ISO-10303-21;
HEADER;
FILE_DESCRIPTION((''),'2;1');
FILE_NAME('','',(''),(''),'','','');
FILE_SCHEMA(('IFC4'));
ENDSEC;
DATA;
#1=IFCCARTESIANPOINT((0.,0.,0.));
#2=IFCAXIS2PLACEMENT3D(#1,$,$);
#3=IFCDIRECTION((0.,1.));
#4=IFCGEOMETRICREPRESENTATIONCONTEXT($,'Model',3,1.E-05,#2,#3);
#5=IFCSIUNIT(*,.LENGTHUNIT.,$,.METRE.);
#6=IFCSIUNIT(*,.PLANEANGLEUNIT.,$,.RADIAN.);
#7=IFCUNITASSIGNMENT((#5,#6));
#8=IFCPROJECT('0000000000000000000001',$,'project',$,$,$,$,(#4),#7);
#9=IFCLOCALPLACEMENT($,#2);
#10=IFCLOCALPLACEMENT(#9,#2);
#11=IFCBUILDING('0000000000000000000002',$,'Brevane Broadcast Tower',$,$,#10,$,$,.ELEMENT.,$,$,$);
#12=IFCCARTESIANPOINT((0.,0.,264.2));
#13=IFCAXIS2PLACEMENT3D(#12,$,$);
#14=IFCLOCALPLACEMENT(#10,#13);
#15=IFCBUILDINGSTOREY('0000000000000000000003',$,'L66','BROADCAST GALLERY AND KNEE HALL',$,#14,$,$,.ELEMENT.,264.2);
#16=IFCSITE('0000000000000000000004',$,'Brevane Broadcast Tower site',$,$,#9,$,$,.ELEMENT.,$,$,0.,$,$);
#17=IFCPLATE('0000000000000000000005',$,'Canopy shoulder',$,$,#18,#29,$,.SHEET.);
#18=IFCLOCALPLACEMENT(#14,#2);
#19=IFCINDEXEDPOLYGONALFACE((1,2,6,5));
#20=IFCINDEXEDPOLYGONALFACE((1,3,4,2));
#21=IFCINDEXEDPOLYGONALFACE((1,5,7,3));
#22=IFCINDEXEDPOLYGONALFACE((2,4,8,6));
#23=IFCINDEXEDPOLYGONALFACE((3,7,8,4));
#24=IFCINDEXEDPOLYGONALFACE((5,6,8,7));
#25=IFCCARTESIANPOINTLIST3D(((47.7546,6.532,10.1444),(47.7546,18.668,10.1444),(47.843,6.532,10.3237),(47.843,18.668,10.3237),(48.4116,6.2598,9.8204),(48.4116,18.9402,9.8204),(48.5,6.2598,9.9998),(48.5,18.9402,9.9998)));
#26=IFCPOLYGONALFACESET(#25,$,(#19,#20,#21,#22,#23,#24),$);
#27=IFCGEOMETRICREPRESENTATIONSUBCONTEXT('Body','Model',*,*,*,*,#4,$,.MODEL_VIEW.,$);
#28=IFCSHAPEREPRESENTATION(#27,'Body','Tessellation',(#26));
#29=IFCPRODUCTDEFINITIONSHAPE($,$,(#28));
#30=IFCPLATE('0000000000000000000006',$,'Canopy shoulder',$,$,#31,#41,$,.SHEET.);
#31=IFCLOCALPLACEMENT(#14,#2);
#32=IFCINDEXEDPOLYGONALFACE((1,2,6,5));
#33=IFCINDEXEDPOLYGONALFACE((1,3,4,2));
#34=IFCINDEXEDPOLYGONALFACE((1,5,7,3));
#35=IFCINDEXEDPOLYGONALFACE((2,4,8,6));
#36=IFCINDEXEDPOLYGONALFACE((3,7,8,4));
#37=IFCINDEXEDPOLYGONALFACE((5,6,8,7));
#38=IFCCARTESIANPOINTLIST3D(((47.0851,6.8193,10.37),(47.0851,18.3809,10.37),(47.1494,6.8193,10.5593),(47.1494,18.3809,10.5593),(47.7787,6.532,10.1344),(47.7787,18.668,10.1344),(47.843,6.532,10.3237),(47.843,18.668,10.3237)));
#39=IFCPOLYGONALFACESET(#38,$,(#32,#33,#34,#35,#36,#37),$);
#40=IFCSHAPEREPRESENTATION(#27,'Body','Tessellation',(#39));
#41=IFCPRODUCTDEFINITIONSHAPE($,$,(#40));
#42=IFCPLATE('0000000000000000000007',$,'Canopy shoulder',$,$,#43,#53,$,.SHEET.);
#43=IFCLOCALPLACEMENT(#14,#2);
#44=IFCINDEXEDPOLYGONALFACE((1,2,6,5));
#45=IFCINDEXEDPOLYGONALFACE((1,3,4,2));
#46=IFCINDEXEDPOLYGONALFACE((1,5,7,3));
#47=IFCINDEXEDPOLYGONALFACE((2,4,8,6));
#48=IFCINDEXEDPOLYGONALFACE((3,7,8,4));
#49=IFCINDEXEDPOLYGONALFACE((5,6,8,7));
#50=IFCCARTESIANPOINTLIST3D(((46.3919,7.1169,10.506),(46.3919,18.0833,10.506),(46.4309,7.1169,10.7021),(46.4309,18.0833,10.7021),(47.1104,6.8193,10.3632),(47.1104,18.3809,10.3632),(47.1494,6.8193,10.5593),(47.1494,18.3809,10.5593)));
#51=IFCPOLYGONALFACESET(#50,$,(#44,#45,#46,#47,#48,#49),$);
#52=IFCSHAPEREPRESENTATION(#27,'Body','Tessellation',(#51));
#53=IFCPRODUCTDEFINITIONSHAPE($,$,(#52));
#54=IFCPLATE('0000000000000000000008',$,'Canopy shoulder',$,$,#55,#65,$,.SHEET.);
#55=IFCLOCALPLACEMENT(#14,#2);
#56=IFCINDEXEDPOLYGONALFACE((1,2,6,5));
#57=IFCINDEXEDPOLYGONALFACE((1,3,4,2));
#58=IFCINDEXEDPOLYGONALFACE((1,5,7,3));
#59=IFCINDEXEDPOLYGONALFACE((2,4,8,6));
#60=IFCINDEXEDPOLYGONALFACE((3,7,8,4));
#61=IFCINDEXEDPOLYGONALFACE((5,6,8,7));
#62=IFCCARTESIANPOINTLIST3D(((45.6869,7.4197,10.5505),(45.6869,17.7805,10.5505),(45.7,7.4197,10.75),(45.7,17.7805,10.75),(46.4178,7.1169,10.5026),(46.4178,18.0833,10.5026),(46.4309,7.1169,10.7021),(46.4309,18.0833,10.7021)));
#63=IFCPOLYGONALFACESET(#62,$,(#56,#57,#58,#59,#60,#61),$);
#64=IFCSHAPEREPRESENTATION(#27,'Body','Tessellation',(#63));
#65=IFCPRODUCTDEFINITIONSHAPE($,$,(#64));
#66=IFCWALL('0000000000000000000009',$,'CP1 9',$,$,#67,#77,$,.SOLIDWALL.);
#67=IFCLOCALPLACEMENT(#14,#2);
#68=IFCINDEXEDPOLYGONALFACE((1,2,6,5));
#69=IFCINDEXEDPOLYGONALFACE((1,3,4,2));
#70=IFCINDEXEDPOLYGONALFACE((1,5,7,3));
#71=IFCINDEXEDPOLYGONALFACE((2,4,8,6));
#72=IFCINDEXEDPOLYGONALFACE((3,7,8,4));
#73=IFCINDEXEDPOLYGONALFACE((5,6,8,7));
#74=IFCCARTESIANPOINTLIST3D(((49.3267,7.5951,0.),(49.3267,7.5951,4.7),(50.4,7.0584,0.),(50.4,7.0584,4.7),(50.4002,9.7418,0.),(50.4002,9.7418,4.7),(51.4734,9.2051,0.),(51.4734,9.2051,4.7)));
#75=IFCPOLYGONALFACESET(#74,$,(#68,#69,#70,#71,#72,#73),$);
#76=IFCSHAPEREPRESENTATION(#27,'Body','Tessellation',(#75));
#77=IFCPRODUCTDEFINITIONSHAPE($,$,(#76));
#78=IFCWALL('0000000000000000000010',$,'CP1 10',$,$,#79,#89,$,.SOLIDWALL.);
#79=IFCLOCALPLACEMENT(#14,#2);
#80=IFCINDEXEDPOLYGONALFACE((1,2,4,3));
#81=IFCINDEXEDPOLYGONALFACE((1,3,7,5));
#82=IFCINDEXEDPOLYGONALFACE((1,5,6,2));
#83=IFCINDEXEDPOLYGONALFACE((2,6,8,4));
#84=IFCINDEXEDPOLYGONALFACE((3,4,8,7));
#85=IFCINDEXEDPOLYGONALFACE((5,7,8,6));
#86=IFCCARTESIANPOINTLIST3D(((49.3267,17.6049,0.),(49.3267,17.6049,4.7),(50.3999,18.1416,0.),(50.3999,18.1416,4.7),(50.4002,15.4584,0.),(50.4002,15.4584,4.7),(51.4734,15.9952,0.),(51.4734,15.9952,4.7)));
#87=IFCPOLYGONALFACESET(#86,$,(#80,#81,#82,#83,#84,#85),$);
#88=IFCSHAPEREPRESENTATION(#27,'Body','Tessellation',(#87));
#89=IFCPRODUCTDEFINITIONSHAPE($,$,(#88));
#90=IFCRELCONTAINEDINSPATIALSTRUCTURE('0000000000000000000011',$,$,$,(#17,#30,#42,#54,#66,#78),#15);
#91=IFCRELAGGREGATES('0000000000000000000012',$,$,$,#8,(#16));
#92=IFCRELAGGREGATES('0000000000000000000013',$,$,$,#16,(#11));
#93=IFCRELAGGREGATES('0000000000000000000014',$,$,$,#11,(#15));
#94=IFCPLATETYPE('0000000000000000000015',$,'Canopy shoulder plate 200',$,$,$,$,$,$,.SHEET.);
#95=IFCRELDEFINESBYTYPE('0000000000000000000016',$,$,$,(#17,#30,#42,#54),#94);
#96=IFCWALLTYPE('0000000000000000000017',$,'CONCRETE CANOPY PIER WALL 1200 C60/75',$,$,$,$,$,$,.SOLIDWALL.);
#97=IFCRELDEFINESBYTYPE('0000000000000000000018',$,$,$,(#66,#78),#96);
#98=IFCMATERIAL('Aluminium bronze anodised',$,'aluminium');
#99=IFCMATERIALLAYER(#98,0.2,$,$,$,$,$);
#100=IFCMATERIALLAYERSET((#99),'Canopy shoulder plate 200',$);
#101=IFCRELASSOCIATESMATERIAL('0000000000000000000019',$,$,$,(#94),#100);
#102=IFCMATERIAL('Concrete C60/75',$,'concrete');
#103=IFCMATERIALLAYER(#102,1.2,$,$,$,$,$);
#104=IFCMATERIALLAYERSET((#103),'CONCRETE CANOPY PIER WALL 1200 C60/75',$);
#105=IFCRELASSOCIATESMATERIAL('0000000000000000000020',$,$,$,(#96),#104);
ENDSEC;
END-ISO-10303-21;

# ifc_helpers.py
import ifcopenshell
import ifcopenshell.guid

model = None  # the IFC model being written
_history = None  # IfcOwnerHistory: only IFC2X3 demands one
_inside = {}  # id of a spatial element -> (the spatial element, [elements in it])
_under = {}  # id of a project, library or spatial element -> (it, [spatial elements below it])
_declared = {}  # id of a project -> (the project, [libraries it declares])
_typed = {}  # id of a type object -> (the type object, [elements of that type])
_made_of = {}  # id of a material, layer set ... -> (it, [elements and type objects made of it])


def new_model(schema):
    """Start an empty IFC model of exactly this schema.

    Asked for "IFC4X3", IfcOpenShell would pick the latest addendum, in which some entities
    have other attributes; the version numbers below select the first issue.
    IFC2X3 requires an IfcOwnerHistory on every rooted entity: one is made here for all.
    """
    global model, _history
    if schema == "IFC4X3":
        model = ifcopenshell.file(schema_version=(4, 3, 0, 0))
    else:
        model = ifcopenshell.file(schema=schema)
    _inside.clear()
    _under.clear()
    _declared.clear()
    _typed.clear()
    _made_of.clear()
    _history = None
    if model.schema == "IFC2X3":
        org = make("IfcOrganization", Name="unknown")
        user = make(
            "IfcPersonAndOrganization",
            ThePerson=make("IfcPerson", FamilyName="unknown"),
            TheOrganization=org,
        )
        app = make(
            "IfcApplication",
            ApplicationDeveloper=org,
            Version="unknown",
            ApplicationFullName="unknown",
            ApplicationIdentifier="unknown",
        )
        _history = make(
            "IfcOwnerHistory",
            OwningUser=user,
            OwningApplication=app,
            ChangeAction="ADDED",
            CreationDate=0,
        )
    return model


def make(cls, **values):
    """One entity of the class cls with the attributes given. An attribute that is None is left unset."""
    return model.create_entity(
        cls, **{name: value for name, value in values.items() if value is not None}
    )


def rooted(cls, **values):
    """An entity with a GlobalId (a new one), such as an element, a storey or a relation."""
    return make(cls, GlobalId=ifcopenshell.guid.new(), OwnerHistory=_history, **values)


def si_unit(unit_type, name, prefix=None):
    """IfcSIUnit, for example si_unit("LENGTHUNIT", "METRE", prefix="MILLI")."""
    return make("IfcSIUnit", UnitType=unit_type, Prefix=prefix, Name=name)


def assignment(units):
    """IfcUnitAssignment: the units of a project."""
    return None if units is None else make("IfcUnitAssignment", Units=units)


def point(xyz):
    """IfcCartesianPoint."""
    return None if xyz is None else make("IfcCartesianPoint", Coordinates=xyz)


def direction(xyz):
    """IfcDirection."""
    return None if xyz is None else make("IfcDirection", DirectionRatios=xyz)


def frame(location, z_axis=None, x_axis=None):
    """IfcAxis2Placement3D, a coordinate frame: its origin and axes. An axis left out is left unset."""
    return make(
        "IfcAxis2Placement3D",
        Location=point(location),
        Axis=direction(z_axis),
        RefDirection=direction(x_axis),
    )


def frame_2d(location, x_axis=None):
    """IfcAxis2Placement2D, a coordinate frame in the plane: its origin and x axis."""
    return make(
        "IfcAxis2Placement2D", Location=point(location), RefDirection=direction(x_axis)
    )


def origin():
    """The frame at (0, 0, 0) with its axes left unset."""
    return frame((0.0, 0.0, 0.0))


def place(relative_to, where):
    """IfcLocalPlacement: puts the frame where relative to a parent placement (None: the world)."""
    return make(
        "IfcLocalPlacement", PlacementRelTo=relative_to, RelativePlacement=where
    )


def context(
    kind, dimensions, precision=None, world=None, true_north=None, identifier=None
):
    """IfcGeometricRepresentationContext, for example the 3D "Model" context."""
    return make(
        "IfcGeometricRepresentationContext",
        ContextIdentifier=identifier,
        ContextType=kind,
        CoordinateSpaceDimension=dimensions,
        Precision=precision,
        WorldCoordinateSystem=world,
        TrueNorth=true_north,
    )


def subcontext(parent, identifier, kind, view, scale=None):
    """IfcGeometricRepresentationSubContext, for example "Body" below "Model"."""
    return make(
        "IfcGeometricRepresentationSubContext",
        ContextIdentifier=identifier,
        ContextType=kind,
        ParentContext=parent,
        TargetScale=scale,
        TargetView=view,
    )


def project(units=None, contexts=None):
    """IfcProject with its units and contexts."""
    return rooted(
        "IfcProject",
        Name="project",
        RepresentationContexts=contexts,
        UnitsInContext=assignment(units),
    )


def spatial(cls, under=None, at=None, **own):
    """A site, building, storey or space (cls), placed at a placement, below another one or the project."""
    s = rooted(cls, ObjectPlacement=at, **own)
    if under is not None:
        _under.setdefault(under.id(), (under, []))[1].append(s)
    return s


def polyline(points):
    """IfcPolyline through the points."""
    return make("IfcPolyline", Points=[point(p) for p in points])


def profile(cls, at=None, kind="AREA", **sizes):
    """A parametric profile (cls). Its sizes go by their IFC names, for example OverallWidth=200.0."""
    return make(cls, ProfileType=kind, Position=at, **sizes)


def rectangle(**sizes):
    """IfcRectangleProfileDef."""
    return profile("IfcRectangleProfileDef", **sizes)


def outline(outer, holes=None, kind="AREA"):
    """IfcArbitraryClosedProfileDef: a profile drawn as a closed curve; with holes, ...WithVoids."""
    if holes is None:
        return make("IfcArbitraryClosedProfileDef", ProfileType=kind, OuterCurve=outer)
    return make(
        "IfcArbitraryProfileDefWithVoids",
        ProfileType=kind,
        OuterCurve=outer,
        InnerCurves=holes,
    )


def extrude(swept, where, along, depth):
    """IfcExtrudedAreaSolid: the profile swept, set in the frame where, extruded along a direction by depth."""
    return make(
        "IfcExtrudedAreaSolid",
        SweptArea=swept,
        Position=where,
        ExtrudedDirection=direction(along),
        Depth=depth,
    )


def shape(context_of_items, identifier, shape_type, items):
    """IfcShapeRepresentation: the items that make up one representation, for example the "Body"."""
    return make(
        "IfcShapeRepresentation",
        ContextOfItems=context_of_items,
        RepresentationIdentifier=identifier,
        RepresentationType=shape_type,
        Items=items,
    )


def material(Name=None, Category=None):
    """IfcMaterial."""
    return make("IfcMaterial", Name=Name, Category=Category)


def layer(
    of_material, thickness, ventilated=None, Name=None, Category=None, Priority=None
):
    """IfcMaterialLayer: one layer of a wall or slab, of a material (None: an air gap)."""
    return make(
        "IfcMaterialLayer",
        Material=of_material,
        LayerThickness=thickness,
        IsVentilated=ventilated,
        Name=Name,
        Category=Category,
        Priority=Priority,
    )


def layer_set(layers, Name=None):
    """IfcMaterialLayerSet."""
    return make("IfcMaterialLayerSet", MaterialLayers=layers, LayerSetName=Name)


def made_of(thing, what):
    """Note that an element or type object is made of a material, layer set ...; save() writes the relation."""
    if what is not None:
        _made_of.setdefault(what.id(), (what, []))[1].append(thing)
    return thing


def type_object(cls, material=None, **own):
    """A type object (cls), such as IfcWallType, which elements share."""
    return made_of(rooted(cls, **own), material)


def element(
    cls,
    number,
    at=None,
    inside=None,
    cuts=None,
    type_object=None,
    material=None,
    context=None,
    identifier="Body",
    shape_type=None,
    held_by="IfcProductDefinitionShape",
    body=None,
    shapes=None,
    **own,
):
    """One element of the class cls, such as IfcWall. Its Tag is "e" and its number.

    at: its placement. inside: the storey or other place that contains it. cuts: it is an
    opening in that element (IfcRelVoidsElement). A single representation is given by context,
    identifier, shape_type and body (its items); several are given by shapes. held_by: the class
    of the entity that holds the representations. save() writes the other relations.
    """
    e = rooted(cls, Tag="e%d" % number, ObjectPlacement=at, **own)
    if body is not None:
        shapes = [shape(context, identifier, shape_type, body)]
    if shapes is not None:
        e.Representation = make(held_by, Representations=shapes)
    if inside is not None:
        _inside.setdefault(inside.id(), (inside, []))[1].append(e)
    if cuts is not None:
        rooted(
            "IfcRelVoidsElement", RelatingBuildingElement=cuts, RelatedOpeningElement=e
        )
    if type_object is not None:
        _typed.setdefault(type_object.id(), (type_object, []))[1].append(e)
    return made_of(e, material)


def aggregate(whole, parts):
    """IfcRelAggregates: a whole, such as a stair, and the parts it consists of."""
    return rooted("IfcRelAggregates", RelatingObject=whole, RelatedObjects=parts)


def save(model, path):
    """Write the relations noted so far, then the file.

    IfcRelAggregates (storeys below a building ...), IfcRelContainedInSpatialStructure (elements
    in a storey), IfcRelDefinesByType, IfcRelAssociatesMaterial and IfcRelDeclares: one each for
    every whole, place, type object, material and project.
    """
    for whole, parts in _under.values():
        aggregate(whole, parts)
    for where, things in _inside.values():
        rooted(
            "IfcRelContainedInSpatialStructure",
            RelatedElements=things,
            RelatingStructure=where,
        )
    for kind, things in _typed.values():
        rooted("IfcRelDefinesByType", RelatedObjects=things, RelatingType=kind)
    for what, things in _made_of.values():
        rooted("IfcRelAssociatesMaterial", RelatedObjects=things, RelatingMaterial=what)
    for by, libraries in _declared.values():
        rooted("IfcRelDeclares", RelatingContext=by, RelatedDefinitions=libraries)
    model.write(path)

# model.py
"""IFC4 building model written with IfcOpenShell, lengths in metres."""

from ifc_helpers import new_model, si_unit, direction, frame, frame_2d, origin, place, context, subcontext, project, spatial, polyline, rectangle, outline, extrude, material, layer, layer_set, type_object, element, save


model = new_model("IFC4")

# Units and contexts
model_context = context("Model", 3, precision=1e-05, world=origin(), true_north=direction((0.0, 1.0)))
body_context = subcontext(model_context, "Body", "Model", "MODEL_VIEW")
ifc_project = project(units=[si_unit("LENGTHUNIT", "METRE"), si_unit("PLANEANGLEUNIT", "RADIAN")], contexts=[model_context])

# Site, building, storey
site_placement = place(None, origin())
site = spatial("IfcSite", under=ifc_project, at=site_placement, Name="Brevane Broadcast Tower site", CompositionType="ELEMENT", RefElevation=0.0)
building_placement = place(site_placement, origin())
building = spatial("IfcBuilding", under=site, at=building_placement, Name="Brevane Broadcast Tower", CompositionType="ELEMENT")
storey_placement = place(building_placement, frame((0.0, 0.0, 264.2)))
storey = spatial("IfcBuildingStorey", under=building, at=storey_placement, Name="L66", Description="BROADCAST GALLERY AND KNEE HALL", CompositionType="ELEMENT", Elevation=264.2)

# Plates
ifc_material_1 = material(Name="Aluminium bronze anodised", Category="aluminium")
ifc_layer_1 = layer(ifc_material_1, 0.2)
ifc_layer_set_1 = layer_set([ifc_layer_1], Name="Canopy shoulder plate 200")
plate_type_1 = type_object("IfcPlateType", Name="Canopy shoulder plate 200", PredefinedType="SHEET", material=ifc_layer_set_1)
plate_1_placement = place(storey_placement, frame((48.5, 6.2598, 9.9998), z_axis=(0.442274, 0.0, 0.89688), x_axis=(0.0, 1.0, 0.0)))
element("IfcPlate", 1, at=plate_1_placement, inside=storey, type_object=plate_type_1, Name="Canopy shoulder", PredefinedType="SHEET", context=body_context, shape_type="SweptSolid", body=[
    extrude(outline(polyline([(0.0, 0.0), (12.6804, 0.0), (12.4082, 0.7325), (0.2722, 0.7325), (0.0, 0.0)])), origin(), (0.0, 0.0, -1.0), 0.2),
])
plate_2_placement = place(storey_placement, frame((47.843, 6.532, 10.3237), z_axis=(0.321622, 0.0, 0.946868), x_axis=(0.0, 1.0, 0.0)))
element("IfcPlate", 2, at=plate_2_placement, inside=storey, type_object=plate_type_1, Name="Canopy shoulder", PredefinedType="SHEET", context=body_context, shape_type="SweptSolid", body=[
    extrude(outline(polyline([(0.0, 0.0), (12.136, 0.0), (11.8489, 0.7325), (0.2874, 0.7325), (0.0, 0.0)])), origin(), (0.0, 0.0, -1.0), 0.2),
])
plate_3_placement = place(storey_placement, frame((47.1494, 6.8193, 10.5593), z_axis=(0.194962, 0.0, 0.980811), x_axis=(0.0, 1.0, 0.0)))
element("IfcPlate", 3, at=plate_3_placement, inside=storey, type_object=plate_type_1, Name="Canopy shoulder", PredefinedType="SHEET", context=body_context, shape_type="SweptSolid", body=[
    extrude(outline(polyline([(0.0, 0.0), (11.5615, 0.0), (11.2639, 0.7326), (0.2976, 0.7326), (0.0, 0.0)])), origin(), (0.0, 0.0, -1.0), 0.2),
])
plate_4_placement = place(storey_placement, frame((46.4309, 7.1169, 10.7021), z_axis=(0.065324, 0.0, 0.997864), x_axis=(0.0, 1.0, 0.0)))
element("IfcPlate", 4, at=plate_4_placement, inside=storey, type_object=plate_type_1, Name="Canopy shoulder", PredefinedType="SHEET", context=body_context, shape_type="SweptSolid", body=[
    extrude(outline(polyline([(0.0, 0.0), (10.9663, 0.0), (10.6636, 0.7325), (0.3027, 0.7325), (0.0, 0.0)])), origin(), (0.0, 0.0, -1.0), 0.2),
])

# Walls
ifc_material_2 = material(Name="Concrete C60/75", Category="concrete")
ifc_layer_2 = layer(ifc_material_2, 1.2)
ifc_layer_set_2 = layer_set([ifc_layer_2], Name="CONCRETE CANOPY PIER WALL 1200 C60/75")
wall_type = type_object("IfcWallType", Name="CONCRETE CANOPY PIER WALL 1200 C60/75", PredefinedType="SOLIDWALL", material=ifc_layer_set_2)
wall_1_placement = place(storey_placement, frame((49.8633, 7.3267, 0.0), z_axis=(0.0, 0.0, 1.0), x_axis=(0.447254, 0.894407, 0.0)))
element("IfcWall", 5, at=wall_1_placement, inside=storey, type_object=wall_type, Name="CP1 9", PredefinedType="SOLIDWALL", context=body_context, shape_type="SweptSolid", body=[
    extrude(rectangle(XDim=2.4001, YDim=1.2, at=frame_2d((1.2002, 0.0))), origin(), (0.0, 0.0, 1.0), 4.7),
])
wall_2_placement = place(storey_placement, frame((50.9368, 15.7268, 0.0), z_axis=(0.0, 0.0, 1.0), x_axis=(-0.447295, 0.894386, 0.0)))
element("IfcWall", 6, at=wall_2_placement, inside=storey, type_object=wall_type, Name="CP1 10", PredefinedType="SOLIDWALL", context=body_context, shape_type="SweptSolid", body=[
    extrude(rectangle(XDim=2.3999, YDim=1.2, at=frame_2d((1.2, 0.0))), origin(), (0.0, 0.0, 1.0), 4.7),
])

save(model, "model.ifc")
